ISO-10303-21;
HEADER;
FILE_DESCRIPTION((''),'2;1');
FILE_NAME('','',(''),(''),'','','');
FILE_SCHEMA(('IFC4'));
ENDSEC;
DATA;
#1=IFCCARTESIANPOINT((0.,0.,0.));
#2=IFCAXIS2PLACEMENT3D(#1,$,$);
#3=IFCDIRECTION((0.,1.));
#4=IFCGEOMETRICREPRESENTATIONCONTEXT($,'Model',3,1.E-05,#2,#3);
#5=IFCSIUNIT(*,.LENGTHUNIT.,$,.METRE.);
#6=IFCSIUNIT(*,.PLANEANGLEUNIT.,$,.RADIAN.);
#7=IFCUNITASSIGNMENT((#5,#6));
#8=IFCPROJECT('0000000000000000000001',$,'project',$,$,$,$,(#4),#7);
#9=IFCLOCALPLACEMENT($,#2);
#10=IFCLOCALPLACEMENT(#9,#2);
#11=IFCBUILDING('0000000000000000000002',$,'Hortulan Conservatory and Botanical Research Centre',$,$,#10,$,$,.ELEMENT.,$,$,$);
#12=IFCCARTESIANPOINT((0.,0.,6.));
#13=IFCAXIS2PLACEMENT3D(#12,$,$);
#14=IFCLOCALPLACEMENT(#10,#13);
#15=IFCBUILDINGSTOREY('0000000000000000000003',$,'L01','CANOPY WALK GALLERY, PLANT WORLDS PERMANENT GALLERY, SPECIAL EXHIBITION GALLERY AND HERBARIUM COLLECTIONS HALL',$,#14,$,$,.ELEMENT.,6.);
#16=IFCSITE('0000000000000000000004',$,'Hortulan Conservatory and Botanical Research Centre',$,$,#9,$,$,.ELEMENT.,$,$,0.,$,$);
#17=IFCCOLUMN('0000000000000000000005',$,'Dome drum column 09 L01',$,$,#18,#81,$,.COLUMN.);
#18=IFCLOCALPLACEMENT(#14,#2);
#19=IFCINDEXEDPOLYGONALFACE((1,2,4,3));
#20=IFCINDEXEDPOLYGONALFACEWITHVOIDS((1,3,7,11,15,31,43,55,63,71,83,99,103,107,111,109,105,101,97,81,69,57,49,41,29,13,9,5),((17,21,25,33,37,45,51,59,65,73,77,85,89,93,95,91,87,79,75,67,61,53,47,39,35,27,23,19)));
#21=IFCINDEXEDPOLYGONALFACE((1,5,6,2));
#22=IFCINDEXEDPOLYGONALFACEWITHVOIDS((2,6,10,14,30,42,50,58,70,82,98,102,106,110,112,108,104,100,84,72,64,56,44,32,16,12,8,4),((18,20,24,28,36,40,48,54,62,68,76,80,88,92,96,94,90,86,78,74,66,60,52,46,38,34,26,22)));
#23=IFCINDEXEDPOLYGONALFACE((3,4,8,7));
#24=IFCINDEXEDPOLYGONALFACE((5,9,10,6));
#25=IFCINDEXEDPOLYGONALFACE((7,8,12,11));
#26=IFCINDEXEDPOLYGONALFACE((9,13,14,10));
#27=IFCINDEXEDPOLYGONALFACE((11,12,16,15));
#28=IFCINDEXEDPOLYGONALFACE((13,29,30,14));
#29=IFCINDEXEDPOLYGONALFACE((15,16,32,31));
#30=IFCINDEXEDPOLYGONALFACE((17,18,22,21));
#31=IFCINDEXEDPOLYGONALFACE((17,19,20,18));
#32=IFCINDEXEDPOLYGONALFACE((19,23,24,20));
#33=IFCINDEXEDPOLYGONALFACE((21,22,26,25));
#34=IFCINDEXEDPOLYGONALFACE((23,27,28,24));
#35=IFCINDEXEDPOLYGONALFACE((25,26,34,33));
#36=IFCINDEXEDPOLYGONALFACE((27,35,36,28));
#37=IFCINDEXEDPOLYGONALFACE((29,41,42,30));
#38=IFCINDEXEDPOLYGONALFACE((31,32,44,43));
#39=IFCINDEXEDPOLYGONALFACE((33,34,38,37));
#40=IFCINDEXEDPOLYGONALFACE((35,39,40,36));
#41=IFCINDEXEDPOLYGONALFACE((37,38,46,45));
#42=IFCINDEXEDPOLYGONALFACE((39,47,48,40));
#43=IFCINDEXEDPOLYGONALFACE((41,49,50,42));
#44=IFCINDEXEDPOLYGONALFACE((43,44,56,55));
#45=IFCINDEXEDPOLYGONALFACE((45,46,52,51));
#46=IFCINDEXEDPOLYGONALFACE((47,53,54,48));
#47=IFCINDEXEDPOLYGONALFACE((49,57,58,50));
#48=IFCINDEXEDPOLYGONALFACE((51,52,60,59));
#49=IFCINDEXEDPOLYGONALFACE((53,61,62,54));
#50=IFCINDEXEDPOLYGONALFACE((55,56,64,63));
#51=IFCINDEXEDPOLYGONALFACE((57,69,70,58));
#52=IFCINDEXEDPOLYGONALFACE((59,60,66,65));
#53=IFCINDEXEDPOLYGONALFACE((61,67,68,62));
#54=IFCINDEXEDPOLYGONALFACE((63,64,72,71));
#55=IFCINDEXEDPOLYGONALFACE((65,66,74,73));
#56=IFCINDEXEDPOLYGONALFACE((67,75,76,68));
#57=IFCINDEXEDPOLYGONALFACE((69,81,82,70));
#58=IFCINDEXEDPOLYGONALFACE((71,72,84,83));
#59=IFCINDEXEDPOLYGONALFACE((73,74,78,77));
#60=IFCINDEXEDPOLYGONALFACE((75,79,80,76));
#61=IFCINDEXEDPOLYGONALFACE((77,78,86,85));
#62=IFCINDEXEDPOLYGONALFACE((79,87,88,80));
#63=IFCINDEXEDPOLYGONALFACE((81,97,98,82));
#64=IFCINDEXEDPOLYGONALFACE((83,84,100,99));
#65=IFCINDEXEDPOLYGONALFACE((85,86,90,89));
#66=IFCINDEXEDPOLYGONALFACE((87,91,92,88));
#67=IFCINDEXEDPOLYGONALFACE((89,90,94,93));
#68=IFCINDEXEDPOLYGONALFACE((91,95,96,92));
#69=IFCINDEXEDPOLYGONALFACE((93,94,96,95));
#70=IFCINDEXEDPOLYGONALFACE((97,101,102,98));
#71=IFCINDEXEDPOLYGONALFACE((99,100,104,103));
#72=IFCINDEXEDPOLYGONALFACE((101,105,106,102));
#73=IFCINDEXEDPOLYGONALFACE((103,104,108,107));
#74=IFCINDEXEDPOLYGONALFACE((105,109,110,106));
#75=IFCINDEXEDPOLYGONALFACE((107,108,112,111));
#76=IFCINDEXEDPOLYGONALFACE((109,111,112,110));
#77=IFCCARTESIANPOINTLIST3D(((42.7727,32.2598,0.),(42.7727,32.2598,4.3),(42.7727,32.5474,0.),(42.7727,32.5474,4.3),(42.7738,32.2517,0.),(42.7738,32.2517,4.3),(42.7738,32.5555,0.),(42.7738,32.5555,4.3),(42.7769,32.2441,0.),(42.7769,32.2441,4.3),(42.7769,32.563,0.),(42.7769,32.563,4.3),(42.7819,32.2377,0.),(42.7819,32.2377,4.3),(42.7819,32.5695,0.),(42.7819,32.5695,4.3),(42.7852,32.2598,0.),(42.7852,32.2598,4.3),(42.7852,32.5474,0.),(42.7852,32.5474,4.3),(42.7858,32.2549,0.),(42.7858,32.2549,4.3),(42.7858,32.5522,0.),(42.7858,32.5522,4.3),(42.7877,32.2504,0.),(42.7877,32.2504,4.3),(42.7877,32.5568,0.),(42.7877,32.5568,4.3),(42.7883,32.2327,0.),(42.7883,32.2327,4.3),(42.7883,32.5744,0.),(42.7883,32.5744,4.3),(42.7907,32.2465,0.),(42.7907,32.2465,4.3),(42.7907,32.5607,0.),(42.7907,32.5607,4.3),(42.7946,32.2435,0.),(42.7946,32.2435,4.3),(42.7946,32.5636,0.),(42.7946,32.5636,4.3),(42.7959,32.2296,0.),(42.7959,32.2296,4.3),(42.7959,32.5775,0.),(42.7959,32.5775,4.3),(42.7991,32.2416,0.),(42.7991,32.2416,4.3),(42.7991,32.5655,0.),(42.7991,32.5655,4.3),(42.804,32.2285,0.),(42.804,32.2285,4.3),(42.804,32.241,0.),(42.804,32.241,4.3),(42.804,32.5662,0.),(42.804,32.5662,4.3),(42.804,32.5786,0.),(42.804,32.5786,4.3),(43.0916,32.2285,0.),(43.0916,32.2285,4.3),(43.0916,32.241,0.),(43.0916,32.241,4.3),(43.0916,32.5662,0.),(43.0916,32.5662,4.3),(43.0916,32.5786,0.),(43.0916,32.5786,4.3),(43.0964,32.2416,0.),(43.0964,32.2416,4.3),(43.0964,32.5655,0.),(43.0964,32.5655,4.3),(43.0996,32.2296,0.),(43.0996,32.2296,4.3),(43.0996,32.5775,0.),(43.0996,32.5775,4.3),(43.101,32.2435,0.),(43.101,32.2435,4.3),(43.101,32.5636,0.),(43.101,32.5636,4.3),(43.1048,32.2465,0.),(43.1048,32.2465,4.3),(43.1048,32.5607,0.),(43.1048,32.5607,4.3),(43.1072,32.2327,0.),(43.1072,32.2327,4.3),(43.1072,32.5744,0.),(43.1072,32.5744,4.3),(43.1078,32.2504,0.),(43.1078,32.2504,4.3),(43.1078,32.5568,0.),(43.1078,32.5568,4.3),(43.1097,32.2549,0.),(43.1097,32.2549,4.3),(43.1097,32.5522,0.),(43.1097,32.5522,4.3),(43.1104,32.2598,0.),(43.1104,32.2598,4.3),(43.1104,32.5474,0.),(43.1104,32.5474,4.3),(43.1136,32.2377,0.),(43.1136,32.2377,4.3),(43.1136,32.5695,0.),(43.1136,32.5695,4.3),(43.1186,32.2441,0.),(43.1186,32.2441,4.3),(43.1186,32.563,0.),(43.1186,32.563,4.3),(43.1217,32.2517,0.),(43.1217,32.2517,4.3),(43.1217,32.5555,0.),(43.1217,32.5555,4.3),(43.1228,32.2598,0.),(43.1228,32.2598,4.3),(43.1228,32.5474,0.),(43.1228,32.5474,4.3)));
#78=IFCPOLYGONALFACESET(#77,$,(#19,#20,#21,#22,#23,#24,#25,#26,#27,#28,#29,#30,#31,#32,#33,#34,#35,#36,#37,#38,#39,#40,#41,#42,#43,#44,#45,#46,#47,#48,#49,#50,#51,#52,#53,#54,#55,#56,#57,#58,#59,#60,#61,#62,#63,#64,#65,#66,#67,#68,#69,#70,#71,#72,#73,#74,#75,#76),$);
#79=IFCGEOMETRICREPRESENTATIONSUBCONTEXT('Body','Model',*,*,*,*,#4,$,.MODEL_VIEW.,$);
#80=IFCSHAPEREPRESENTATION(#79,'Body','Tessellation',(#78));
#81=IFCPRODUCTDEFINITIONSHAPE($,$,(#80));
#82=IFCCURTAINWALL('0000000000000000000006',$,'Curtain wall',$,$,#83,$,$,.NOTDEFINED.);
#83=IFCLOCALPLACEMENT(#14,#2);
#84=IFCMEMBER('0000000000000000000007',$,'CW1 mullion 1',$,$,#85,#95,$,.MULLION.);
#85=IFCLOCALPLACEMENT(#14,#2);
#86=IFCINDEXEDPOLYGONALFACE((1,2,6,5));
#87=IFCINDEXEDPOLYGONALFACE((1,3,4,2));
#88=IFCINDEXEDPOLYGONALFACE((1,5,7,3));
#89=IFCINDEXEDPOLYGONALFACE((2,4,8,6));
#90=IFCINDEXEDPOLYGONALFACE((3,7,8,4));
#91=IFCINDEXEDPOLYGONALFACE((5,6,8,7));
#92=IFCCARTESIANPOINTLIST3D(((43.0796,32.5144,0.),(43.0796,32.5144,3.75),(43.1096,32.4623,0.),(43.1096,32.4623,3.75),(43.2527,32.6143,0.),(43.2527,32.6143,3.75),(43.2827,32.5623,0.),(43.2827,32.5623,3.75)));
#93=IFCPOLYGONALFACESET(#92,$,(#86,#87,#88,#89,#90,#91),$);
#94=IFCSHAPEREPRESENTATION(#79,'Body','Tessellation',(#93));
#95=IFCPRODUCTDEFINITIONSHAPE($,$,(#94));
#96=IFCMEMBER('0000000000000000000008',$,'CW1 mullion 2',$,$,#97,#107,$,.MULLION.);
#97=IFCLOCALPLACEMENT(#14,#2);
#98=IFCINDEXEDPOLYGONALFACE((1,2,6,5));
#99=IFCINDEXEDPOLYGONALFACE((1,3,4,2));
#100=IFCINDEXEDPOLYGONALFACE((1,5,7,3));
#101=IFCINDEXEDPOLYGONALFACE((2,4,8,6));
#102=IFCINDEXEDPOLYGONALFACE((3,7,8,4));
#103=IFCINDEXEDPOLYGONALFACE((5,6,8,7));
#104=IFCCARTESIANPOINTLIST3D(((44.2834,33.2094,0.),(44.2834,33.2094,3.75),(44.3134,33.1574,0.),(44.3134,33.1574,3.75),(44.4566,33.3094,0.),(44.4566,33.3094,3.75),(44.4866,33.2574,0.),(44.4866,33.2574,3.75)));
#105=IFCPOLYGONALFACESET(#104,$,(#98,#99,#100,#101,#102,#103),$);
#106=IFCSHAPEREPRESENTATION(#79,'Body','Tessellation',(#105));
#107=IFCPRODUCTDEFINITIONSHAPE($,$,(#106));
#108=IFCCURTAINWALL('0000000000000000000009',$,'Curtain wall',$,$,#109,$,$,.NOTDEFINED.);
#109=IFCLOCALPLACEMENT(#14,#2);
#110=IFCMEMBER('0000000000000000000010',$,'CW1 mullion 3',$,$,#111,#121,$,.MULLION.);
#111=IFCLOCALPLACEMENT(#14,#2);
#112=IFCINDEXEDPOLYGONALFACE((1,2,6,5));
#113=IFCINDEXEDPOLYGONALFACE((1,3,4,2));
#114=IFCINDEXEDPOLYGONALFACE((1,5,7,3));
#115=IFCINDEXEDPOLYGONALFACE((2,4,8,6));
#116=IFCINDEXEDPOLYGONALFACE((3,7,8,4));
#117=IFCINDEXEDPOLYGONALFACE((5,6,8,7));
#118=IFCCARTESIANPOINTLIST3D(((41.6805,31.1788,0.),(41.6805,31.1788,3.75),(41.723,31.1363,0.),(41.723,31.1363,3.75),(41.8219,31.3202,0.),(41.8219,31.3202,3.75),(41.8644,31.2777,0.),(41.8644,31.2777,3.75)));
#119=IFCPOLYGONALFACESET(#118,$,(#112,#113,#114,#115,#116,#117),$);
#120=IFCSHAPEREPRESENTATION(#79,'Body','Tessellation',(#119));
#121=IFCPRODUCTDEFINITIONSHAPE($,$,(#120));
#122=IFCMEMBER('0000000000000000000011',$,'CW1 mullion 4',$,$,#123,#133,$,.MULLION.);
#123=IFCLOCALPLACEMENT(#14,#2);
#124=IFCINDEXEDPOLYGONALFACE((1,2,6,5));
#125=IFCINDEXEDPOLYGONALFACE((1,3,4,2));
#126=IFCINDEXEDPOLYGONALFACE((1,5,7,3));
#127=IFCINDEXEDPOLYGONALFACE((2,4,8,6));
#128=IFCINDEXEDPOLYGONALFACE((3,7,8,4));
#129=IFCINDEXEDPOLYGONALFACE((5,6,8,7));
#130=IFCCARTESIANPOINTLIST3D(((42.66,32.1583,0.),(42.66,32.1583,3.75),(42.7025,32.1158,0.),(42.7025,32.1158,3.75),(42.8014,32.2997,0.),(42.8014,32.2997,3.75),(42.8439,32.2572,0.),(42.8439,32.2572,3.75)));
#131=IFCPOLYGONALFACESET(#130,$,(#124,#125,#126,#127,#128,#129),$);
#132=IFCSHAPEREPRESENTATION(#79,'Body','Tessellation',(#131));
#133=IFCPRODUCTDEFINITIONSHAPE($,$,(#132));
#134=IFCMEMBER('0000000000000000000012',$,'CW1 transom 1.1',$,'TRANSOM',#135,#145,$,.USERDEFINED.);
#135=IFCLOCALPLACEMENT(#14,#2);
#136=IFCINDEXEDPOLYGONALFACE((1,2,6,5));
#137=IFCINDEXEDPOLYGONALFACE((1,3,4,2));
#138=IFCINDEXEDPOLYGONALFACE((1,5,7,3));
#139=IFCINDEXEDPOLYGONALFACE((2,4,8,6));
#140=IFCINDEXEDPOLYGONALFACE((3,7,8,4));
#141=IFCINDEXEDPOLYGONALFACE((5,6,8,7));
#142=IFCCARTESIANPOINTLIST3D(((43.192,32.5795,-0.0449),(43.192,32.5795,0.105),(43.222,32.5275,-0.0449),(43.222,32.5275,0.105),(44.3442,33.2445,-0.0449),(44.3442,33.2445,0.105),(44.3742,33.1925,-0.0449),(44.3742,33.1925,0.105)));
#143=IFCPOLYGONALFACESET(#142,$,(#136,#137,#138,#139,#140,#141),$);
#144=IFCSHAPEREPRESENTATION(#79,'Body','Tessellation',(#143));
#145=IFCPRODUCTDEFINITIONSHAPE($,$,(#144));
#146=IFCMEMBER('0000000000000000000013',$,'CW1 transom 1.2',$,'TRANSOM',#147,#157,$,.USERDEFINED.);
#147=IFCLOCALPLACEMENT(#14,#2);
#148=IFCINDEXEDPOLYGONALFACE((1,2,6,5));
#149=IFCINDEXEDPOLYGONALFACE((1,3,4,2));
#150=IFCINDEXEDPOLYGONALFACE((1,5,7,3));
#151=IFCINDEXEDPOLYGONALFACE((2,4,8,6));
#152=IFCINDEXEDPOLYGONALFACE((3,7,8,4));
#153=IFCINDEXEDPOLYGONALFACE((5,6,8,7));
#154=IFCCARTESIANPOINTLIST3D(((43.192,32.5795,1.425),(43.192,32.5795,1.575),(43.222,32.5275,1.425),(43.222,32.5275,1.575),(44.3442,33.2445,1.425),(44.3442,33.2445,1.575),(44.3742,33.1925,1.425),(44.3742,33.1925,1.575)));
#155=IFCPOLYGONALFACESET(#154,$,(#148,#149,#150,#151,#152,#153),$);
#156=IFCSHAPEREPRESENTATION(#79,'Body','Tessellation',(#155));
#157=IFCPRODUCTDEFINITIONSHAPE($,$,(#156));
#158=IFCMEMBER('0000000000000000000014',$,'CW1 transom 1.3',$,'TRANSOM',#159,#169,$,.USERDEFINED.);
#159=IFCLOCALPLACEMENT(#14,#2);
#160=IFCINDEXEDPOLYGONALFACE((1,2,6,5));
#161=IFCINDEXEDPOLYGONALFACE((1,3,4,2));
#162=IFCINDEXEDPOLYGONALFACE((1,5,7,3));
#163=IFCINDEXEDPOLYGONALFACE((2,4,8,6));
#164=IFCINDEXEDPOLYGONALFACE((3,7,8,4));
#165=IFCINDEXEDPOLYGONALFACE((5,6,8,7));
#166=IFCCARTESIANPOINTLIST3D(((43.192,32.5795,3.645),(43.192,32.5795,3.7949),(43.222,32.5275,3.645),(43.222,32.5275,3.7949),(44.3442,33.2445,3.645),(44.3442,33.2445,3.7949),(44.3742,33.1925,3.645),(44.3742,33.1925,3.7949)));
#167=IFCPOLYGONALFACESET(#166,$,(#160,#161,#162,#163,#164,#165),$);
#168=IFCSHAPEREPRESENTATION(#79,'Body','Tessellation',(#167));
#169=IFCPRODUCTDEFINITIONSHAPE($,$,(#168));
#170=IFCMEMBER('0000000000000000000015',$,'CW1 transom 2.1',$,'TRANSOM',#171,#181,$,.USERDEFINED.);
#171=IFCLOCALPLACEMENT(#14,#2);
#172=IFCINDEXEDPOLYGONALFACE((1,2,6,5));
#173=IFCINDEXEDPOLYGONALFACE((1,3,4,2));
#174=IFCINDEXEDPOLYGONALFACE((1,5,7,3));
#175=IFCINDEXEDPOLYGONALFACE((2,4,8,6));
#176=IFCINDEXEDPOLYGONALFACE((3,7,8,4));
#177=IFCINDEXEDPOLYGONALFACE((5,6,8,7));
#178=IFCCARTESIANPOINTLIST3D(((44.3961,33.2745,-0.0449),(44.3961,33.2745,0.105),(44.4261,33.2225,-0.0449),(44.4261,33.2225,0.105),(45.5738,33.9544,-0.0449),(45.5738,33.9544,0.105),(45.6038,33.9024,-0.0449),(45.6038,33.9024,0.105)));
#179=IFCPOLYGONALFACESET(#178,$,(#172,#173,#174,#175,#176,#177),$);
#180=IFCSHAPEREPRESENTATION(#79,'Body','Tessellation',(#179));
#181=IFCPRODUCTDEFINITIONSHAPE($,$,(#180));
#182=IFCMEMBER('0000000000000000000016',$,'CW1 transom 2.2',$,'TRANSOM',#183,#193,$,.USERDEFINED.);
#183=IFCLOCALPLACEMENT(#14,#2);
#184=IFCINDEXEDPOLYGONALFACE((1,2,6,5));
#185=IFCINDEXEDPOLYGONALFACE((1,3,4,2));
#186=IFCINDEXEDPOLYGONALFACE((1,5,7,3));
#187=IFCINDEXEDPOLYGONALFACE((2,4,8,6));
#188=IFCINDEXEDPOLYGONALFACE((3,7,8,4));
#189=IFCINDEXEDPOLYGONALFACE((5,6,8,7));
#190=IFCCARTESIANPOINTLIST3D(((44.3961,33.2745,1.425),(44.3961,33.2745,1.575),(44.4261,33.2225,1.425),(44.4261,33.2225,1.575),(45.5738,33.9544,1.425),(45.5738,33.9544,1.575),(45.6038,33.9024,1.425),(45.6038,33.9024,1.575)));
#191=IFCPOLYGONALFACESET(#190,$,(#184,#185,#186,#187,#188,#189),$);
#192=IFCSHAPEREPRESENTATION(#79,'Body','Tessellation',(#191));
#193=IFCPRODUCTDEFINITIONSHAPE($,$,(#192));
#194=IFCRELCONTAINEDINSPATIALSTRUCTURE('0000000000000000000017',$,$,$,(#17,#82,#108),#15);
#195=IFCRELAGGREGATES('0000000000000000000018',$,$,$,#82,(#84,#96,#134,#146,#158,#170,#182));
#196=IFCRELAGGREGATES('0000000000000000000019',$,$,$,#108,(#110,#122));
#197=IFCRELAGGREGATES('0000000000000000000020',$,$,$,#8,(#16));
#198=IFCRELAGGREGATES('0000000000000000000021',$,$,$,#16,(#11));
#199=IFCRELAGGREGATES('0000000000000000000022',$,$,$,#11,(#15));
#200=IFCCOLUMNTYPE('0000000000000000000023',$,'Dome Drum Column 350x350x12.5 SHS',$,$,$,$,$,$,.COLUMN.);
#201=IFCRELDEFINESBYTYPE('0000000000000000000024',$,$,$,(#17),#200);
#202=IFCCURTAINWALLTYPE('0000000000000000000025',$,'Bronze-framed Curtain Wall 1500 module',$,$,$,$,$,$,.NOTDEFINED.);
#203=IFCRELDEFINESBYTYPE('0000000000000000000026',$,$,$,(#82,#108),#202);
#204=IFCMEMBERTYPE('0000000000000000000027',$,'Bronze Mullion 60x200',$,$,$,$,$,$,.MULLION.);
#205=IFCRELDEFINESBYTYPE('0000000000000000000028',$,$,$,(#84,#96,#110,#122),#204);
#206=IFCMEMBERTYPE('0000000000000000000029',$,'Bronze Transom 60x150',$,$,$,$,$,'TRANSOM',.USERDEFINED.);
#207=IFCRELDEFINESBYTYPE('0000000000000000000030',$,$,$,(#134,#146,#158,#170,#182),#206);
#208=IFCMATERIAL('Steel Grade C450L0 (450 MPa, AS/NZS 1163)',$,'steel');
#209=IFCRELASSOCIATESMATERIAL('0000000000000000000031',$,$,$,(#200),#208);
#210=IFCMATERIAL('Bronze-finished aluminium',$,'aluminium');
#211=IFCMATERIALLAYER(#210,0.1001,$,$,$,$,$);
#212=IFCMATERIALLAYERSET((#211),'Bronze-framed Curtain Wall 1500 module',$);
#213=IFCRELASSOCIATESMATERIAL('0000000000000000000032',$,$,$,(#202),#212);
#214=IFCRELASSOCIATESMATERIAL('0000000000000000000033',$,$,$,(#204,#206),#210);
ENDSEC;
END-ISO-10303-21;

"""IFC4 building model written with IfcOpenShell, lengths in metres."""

from ifc_helpers import new_model, si_unit, direction, frame, origin, origin_2d, place, context, subcontext, project, spatial, rectangle, hollow_rectangle, extrude, material, layer, layer_set, material_profile, profile_set, type_object, element, aggregate, save


model = new_model("IFC4")

# Units and contexts
model_context = context("Model", 3, precision=1e-05, world=origin(), true_north=direction((0.0, 1.0)))
body_context = subcontext(model_context, "Body", "Model", "MODEL_VIEW")
ifc_project = project(units=[si_unit("LENGTHUNIT", "METRE"), si_unit("PLANEANGLEUNIT", "RADIAN")], contexts=[model_context])

# Site, building, storey
site_placement = place(None, origin())
site = spatial("IfcSite", under=ifc_project, at=site_placement, Name="Hortulan Conservatory and Botanical Research Centre", CompositionType="ELEMENT", RefElevation=0.0)
building_placement = place(site_placement, origin())
building = spatial("IfcBuilding", under=site, at=building_placement, Name="Hortulan Conservatory and Botanical Research Centre", CompositionType="ELEMENT")
storey_placement = place(building_placement, frame((0.0, 0.0, 6.0)))
storey = spatial("IfcBuildingStorey", under=building, at=storey_placement, Name="L01", Description="CANOPY WALK GALLERY, PLANT WORLDS PERMANENT GALLERY, SPECIAL EXHIBITION GALLERY AND HERBARIUM COLLECTIONS HALL", CompositionType="ELEMENT", Elevation=6.0)

# Column
ifc_material_1 = material(Name="Steel Grade C450L0 (450 MPa, AS/NZS 1163)", Category="steel")
ifc_material_profile_1 = material_profile(ifc_material_1, hollow_rectangle(XDim=0.3501, YDim=0.3501, WallThickness=0.0125, InnerFilletRadius=0.0188, OuterFilletRadius=0.0312, at=origin_2d()), Name="350x350x12.5SHS")
ifc_profile_set_1 = profile_set([ifc_material_profile_1], Name="Steel Grade C450L0 (450 MPa, AS/NZS 1163)")
column_type = type_object("IfcColumnType", Name="Dome Drum Column 350x350x12.5 SHS", PredefinedType="COLUMN", material=ifc_profile_set_1)
column_placement = place(storey_placement, frame((42.9478, 32.4036, 0.0), z_axis=(0.0, 0.0, 1.0), x_axis=(1.0, 0.0, 0.0)))
element("IfcColumn", 1, at=column_placement, inside=storey, type_object=column_type, Name="Dome drum column 09 L01", PredefinedType="COLUMN", context=body_context, shape_type="SweptSolid", body=[
    extrude(hollow_rectangle(XDim=0.3501, YDim=0.3501, WallThickness=0.0125, InnerFilletRadius=0.0188, OuterFilletRadius=0.0312, at=origin_2d()), origin(), (0.0, 0.0, 1.0), 4.3),
])

# Curtain walls, members
ifc_material_2 = material(Name="Bronze-finished aluminium", Category="aluminium")
ifc_layer_1 = layer(ifc_material_2, 0.1001)
ifc_layer_set_1 = layer_set([ifc_layer_1], Name="Bronze-framed Curtain Wall 1500 module")
curtain_wall_type = type_object("IfcCurtainWallType", Name="Bronze-framed Curtain Wall 1500 module", PredefinedType="NOTDEFINED", material=ifc_layer_set_1)
curtain_wall_1_placement = place(storey_placement, origin())
curtain_wall_1 = element("IfcCurtainWall", 2, at=curtain_wall_1_placement, inside=storey, type_object=curtain_wall_type, Name="Curtain wall", PredefinedType="NOTDEFINED")
ifc_material_profile_2 = material_profile(ifc_material_2, rectangle(XDim=0.0601, YDim=0.2, at=origin_2d()), Name="Bronze Mullion 60x200")
ifc_profile_set_2 = profile_set([ifc_material_profile_2], Name="Bronze-finished aluminium")
member_type_1 = type_object("IfcMemberType", Name="Bronze Mullion 60x200", PredefinedType="MULLION", material=ifc_profile_set_2)
member_1_placement = place(storey_placement, frame((43.1812, 32.5383, 0.0), z_axis=(0.0, 0.0, 1.0), x_axis=(-0.499981, 0.866036, 0.0)))
member_1 = element("IfcMember", 3, at=member_1_placement, type_object=member_type_1, Name="CW1 mullion 1", PredefinedType="MULLION", context=body_context, shape_type="SweptSolid", body=[
    extrude(rectangle(XDim=0.0601, YDim=0.2, at=origin_2d()), origin(), (0.0, 0.0, 1.0), 3.75),
])
member_2_placement = place(storey_placement, frame((44.385, 33.2334, 0.0), z_axis=(0.0, 0.0, 1.0), x_axis=(-0.499981, 0.866036, 0.0)))
member_2 = element("IfcMember", 4, at=member_2_placement, type_object=member_type_1, Name="CW1 mullion 2", PredefinedType="MULLION", context=body_context, shape_type="SweptSolid", body=[
    extrude(rectangle(XDim=0.0601, YDim=0.2, at=origin_2d()), origin(), (0.0, 0.0, 1.0), 3.75),
])
curtain_wall_2_placement = place(storey_placement, origin())
curtain_wall_2 = element("IfcCurtainWall", 5, at=curtain_wall_2_placement, inside=storey, type_object=curtain_wall_type, Name="Curtain wall", PredefinedType="NOTDEFINED")
member_3_placement = place(storey_placement, frame((41.7725, 31.2283, 0.0), z_axis=(0.0, 0.0, 1.0), x_axis=(-0.707119, 0.707095, 0.0)))
member_3 = element("IfcMember", 6, at=member_3_placement, type_object=member_type_1, Name="CW1 mullion 3", PredefinedType="MULLION", context=body_context, shape_type="SweptSolid", body=[
    extrude(rectangle(XDim=0.0601, YDim=0.2, at=origin_2d()), origin(), (0.0, 0.0, 1.0), 3.75),
])
member_4_placement = place(storey_placement, frame((42.752, 32.2078, 0.0), z_axis=(0.0, 0.0, 1.0), x_axis=(-0.707119, 0.707095, 0.0)))
member_4 = element("IfcMember", 7, at=member_4_placement, type_object=member_type_1, Name="CW1 mullion 4", PredefinedType="MULLION", context=body_context, shape_type="SweptSolid", body=[
    extrude(rectangle(XDim=0.0601, YDim=0.2, at=origin_2d()), origin(), (0.0, 0.0, 1.0), 3.75),
])

# Members
ifc_material_profile_3 = material_profile(ifc_material_2, rectangle(XDim=0.0601, YDim=0.1499, at=origin_2d()), Name="Bronze Transom 60x150")
ifc_profile_set_3 = profile_set([ifc_material_profile_3], Name="Bronze-finished aluminium")
member_type_2 = type_object("IfcMemberType", Name="Bronze Transom 60x150", ElementType="TRANSOM", PredefinedType="USERDEFINED", material=ifc_profile_set_3)
member_5_placement = place(storey_placement, frame((43.207, 32.5535, 0.03), z_axis=(0.866066, 0.499929, 0.0), x_axis=(-0.499929, 0.866066, 0.0)))
member_5 = element("IfcMember", 8, at=member_5_placement, type_object=member_type_2, Name="CW1 transom 1.1", ObjectType="TRANSOM", PredefinedType="USERDEFINED", context=body_context, shape_type="SweptSolid", body=[
    extrude(rectangle(XDim=0.0601, YDim=0.1499, at=origin_2d()), origin(), (0.0, 0.0, 1.0), 1.3303),
])
member_6_placement = place(storey_placement, frame((43.207, 32.5535, 1.5), z_axis=(0.866066, 0.499929, 0.0), x_axis=(-0.499929, 0.866066, 0.0)))
member_6 = element("IfcMember", 9, at=member_6_placement, type_object=member_type_2, Name="CW1 transom 1.2", ObjectType="TRANSOM", PredefinedType="USERDEFINED", context=body_context, shape_type="SweptSolid", body=[
    extrude(rectangle(XDim=0.0601, YDim=0.1499, at=origin_2d()), origin(), (0.0, 0.0, 1.0), 1.3303),
])
member_7_placement = place(storey_placement, frame((43.207, 32.5535, 3.72), z_axis=(0.866066, 0.499929, 0.0), x_axis=(-0.499929, 0.866066, 0.0)))
member_7 = element("IfcMember", 10, at=member_7_placement, type_object=member_type_2, Name="CW1 transom 1.3", ObjectType="TRANSOM", PredefinedType="USERDEFINED", context=body_context, shape_type="SweptSolid", body=[
    extrude(rectangle(XDim=0.0601, YDim=0.1499, at=origin_2d()), origin(), (0.0, 0.0, 1.0), 1.3303),
])
member_8_placement = place(storey_placement, frame((44.4111, 33.2485, 0.03), z_axis=(0.866036, 0.499981, 0.0), x_axis=(-0.499981, 0.866036, 0.0)))
member_8 = element("IfcMember", 11, at=member_8_placement, type_object=member_type_2, Name="CW1 transom 2.1", ObjectType="TRANSOM", PredefinedType="USERDEFINED", context=body_context, shape_type="SweptSolid", body=[
    extrude(rectangle(XDim=0.0601, YDim=0.1499, at=origin_2d()), origin(), (0.0, 0.0, 1.0), 1.3599),
])
member_9_placement = place(storey_placement, frame((44.4111, 33.2485, 1.5), z_axis=(0.866036, 0.499981, 0.0), x_axis=(-0.499981, 0.866036, 0.0)))
member_9 = element("IfcMember", 12, at=member_9_placement, type_object=member_type_2, Name="CW1 transom 2.2", ObjectType="TRANSOM", PredefinedType="USERDEFINED", context=body_context, shape_type="SweptSolid", body=[
    extrude(rectangle(XDim=0.0601, YDim=0.1499, at=origin_2d()), origin(), (0.0, 0.0, 1.0), 1.3599),
])

aggregate(curtain_wall_1, [member_1, member_2, member_5, member_6, member_7, member_8, member_9])
aggregate(curtain_wall_2, [member_3, member_4])

save(model, "model.ifc")
